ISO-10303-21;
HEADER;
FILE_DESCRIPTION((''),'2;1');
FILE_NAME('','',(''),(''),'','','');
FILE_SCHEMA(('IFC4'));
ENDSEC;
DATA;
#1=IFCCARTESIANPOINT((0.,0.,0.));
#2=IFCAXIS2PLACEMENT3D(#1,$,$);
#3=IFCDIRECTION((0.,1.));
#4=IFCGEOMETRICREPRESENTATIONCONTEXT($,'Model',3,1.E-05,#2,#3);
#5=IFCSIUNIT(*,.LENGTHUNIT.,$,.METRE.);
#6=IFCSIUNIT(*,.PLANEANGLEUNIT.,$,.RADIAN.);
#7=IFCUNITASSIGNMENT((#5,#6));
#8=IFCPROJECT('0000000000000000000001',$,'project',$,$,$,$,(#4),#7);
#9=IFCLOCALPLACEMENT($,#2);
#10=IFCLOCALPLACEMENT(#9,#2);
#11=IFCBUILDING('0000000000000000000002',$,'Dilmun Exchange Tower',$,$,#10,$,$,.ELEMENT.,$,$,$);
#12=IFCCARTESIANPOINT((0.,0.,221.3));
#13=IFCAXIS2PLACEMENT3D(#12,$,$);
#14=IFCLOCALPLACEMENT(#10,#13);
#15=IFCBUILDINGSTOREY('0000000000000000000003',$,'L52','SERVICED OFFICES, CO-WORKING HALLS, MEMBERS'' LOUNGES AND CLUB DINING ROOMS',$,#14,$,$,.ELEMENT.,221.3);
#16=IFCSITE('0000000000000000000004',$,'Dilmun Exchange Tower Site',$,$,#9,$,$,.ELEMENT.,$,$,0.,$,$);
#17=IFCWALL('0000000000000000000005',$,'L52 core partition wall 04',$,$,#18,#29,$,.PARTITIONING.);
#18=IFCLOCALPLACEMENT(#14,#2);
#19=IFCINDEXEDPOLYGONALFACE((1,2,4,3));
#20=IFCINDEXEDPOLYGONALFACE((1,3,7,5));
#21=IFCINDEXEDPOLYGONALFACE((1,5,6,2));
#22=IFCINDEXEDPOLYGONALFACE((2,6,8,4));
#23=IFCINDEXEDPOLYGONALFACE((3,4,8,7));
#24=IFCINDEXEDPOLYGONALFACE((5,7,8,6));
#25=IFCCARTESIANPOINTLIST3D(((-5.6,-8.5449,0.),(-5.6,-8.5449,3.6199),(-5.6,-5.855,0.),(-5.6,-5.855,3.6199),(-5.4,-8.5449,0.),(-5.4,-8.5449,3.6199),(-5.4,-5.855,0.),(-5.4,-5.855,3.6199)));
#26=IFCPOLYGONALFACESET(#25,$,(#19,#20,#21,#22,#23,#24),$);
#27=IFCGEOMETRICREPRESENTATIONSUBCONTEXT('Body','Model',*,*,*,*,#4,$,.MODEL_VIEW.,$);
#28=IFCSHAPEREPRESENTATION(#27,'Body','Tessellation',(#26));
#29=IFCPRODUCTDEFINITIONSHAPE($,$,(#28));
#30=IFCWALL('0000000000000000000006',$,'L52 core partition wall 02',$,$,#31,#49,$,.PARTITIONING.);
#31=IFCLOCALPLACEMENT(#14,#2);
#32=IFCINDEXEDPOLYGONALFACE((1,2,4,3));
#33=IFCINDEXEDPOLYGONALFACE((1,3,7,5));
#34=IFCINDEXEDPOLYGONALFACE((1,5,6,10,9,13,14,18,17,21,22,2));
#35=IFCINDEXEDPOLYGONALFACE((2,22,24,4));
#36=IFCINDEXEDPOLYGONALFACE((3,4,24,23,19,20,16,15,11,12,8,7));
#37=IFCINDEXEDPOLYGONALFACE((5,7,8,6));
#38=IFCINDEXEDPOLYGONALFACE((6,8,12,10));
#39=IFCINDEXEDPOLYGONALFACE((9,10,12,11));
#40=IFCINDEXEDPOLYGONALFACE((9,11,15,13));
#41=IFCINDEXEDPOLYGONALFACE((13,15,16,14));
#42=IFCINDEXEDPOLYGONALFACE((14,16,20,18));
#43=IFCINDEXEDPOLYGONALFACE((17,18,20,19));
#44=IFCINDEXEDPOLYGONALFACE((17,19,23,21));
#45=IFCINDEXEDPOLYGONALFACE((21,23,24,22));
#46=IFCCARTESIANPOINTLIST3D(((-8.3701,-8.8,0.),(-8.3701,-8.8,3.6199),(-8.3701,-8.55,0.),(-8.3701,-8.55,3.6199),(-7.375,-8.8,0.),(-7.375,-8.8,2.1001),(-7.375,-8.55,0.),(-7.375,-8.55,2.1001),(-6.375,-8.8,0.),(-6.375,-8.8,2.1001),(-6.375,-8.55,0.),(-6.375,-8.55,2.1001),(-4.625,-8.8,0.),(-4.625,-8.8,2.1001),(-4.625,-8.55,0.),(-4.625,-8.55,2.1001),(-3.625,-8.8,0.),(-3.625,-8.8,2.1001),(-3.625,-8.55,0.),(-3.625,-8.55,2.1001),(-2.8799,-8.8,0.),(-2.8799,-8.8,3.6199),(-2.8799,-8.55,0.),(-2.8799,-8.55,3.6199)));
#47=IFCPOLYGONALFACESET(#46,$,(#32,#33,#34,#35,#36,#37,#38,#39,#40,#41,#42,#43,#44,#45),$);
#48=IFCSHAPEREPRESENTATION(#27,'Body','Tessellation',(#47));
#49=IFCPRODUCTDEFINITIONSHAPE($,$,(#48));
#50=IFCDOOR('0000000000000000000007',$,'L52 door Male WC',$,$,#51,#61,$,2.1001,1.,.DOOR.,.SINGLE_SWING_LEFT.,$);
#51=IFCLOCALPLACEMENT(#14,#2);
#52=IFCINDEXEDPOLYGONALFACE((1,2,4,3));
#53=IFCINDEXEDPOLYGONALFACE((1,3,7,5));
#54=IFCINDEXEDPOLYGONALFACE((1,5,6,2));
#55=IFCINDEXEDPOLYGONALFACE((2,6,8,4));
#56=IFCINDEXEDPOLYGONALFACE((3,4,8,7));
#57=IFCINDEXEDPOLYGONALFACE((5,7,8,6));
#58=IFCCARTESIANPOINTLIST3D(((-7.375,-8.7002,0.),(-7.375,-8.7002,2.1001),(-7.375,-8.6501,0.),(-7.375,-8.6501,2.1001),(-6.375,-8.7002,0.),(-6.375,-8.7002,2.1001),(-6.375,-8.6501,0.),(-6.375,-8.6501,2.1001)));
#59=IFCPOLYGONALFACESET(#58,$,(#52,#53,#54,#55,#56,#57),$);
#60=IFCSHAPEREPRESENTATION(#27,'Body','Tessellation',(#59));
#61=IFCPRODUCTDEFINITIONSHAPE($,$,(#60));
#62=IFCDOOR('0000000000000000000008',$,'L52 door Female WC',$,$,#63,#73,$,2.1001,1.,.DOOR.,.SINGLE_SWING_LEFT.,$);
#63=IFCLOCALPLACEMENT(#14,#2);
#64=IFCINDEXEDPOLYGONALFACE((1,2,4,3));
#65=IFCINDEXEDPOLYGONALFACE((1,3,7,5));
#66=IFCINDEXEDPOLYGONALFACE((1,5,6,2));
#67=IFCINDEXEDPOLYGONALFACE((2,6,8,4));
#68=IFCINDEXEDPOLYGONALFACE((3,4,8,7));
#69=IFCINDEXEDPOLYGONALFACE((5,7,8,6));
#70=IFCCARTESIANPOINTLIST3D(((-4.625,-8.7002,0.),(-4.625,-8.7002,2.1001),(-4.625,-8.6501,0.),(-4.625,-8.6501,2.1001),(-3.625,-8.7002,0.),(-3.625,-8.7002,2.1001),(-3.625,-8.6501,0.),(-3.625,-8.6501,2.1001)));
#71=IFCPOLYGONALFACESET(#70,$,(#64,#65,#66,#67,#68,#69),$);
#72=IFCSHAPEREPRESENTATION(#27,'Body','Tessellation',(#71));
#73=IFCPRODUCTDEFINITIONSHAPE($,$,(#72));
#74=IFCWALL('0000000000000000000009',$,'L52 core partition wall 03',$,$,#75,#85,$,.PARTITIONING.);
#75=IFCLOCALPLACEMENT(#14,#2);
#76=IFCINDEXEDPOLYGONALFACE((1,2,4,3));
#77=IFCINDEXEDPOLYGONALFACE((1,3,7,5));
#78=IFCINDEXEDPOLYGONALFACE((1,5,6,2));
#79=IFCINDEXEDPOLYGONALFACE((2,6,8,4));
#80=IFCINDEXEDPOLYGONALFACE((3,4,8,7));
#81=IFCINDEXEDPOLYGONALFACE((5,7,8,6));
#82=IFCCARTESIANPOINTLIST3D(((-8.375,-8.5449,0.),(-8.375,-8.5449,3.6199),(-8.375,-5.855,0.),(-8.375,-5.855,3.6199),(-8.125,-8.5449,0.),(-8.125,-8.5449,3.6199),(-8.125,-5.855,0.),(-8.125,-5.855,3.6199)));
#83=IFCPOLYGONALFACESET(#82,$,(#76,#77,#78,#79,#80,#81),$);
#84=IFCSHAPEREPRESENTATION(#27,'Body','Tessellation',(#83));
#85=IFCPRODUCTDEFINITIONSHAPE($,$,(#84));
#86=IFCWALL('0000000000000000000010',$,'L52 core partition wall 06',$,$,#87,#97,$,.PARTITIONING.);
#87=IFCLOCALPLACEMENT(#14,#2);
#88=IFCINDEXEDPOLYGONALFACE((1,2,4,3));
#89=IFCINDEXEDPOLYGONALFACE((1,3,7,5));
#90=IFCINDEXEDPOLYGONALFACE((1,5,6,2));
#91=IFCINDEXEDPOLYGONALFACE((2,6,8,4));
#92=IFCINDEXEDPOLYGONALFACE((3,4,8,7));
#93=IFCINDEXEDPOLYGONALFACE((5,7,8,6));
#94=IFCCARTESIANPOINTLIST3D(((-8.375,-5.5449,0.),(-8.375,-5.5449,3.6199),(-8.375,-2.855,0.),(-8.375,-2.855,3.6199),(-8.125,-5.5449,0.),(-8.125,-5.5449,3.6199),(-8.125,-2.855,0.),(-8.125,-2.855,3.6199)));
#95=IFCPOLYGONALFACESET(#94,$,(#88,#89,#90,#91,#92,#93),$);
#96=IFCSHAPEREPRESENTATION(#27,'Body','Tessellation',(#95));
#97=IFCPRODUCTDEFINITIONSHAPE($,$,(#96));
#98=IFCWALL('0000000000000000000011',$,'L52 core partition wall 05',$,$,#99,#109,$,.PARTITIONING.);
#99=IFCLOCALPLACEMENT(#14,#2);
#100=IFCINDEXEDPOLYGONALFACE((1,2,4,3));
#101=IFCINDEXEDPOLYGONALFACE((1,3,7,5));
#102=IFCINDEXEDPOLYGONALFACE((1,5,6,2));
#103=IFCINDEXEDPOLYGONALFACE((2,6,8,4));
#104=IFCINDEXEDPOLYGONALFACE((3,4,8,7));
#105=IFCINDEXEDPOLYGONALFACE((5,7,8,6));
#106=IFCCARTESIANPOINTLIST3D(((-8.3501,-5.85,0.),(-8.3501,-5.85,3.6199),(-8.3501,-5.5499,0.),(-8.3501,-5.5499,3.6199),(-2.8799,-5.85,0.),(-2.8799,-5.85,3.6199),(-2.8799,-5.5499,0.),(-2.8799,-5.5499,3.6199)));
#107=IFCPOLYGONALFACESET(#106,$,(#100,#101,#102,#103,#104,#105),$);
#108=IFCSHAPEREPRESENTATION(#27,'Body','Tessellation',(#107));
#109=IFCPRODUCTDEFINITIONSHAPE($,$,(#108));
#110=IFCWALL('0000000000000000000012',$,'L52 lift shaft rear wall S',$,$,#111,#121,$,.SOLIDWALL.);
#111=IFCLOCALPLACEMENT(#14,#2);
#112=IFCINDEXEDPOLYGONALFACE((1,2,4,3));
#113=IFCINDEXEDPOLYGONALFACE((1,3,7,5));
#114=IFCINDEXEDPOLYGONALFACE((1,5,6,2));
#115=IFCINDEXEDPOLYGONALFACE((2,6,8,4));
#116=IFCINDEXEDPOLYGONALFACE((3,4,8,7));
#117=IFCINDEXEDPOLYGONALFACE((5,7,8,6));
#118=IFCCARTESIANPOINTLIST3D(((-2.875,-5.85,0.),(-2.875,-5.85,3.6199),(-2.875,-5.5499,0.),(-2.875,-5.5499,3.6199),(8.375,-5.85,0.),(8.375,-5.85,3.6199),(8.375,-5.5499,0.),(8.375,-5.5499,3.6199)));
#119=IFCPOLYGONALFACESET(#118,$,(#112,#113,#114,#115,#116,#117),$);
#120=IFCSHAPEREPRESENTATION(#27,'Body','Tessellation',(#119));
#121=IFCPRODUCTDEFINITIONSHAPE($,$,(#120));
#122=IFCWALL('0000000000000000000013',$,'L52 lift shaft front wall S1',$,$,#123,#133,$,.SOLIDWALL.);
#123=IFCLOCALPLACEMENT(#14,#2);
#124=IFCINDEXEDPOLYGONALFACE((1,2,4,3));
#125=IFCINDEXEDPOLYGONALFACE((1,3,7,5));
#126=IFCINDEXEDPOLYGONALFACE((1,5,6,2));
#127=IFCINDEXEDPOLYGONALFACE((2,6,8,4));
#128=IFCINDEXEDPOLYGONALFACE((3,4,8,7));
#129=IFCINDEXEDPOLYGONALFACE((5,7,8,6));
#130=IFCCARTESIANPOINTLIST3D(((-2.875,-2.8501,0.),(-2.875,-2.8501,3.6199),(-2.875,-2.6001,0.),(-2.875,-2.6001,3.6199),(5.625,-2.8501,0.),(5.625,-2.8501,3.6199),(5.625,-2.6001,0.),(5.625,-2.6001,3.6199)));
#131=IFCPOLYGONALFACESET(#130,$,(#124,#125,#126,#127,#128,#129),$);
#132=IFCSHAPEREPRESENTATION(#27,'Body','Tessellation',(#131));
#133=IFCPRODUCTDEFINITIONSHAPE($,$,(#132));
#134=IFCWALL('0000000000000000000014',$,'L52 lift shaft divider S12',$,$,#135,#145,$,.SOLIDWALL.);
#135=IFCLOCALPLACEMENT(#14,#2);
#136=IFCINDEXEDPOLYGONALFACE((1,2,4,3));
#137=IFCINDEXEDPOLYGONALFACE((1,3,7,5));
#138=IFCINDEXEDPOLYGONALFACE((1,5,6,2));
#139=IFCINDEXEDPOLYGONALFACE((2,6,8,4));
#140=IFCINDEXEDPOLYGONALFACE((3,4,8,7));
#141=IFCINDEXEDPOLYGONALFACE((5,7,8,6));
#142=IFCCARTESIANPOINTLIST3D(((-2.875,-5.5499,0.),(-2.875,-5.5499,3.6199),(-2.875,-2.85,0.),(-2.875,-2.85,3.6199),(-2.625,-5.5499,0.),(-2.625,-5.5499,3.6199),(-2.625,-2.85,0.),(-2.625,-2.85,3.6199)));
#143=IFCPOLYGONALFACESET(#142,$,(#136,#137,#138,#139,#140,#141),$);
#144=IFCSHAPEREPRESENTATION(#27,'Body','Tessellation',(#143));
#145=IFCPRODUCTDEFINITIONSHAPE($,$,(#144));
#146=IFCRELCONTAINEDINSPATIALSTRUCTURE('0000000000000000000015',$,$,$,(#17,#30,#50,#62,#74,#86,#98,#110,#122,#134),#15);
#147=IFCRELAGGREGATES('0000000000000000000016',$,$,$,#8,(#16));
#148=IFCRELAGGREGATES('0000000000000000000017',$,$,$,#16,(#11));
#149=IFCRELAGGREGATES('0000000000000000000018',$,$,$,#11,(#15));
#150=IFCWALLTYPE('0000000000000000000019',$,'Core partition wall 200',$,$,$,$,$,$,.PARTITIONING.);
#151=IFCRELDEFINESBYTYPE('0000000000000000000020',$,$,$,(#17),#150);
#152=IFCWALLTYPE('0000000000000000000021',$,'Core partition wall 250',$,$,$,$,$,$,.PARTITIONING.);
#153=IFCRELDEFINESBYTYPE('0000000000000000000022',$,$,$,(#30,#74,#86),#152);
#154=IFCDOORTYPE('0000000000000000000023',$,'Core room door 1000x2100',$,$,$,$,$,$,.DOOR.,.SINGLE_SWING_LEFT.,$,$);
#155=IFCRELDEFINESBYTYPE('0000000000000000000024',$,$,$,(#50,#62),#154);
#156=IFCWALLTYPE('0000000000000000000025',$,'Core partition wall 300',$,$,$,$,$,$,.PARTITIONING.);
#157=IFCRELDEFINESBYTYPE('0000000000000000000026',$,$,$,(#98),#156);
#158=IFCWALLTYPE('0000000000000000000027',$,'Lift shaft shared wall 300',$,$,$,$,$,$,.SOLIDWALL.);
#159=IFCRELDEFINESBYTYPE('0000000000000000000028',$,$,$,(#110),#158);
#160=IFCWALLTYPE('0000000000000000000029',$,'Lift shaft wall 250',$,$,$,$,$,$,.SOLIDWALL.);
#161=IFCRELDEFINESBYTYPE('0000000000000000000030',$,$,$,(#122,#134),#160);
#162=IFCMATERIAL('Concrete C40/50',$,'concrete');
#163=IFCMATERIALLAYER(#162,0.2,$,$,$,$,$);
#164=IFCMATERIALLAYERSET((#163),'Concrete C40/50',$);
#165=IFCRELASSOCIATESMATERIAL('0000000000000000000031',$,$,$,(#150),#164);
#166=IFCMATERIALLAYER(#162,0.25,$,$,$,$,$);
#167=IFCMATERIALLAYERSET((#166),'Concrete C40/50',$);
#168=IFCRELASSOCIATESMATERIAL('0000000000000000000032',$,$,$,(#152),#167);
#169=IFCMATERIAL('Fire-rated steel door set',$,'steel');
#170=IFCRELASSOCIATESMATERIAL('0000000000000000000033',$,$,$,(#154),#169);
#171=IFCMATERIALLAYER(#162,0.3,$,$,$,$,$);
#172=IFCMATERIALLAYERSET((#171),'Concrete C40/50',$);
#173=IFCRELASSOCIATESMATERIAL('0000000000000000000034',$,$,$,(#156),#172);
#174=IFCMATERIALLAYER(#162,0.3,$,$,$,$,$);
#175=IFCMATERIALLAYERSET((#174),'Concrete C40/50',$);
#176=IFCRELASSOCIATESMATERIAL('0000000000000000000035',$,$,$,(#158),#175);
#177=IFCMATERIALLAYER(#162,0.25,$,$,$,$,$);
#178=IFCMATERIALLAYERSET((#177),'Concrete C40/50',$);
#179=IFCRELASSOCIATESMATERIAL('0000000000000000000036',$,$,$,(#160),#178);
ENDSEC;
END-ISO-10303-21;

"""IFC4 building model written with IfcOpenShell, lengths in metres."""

from ifc_helpers import new_model, si_unit, direction, frame, frame_2d, origin, place, context, subcontext, project, spatial, rectangle, extrude, material, layer, layer_set, type_object, element, fill, save


model = new_model("IFC4")

# Units and contexts
model_context = context("Model", 3, precision=1e-05, world=origin(), true_north=direction((0.0, 1.0)))
body_context = subcontext(model_context, "Body", "Model", "MODEL_VIEW")
ifc_project = project(units=[si_unit("LENGTHUNIT", "METRE"), si_unit("PLANEANGLEUNIT", "RADIAN")], contexts=[model_context])

# Site, building, storey
site_placement = place(None, origin())
site = spatial("IfcSite", under=ifc_project, at=site_placement, Name="Dilmun Exchange Tower Site", CompositionType="ELEMENT", RefElevation=0.0)
building_placement = place(site_placement, origin())
building = spatial("IfcBuilding", under=site, at=building_placement, Name="Dilmun Exchange Tower", CompositionType="ELEMENT")
storey_placement = place(building_placement, frame((0.0, 0.0, 221.3)))
storey = spatial("IfcBuildingStorey", under=building, at=storey_placement, Name="L52", Description="SERVICED OFFICES, CO-WORKING HALLS, MEMBERS' LOUNGES AND CLUB DINING ROOMS", CompositionType="ELEMENT", Elevation=221.3)

# Wall
ifc_material_1 = material(Name="Concrete C40/50", Category="concrete")
ifc_layer_1 = layer(ifc_material_1, 0.2)
ifc_layer_set_1 = layer_set([ifc_layer_1], Name="Concrete C40/50")
wall_type_1 = type_object("IfcWallType", Name="Core partition wall 200", PredefinedType="PARTITIONING", material=ifc_layer_set_1)
wall_1_placement = place(storey_placement, frame((-5.5, -8.5449, 0.0), z_axis=(0.0, 0.0, 1.0), x_axis=(0.0, 1.0, 0.0)))
element("IfcWall", 1, at=wall_1_placement, inside=storey, type_object=wall_type_1, Name="L52 core partition wall 04", PredefinedType="PARTITIONING", context=body_context, shape_type="SweptSolid", body=[
    extrude(rectangle(XDim=2.6899, YDim=0.2, at=frame_2d((1.345, 0.0))), origin(), (0.0, 0.0, 1.0), 3.6199),
])

# Wall, openings, doors
ifc_layer_2 = layer(ifc_material_1, 0.25)
ifc_layer_set_2 = layer_set([ifc_layer_2], Name="Concrete C40/50")
wall_type_2 = type_object("IfcWallType", Name="Core partition wall 250", PredefinedType="PARTITIONING", material=ifc_layer_set_2)
wall_2_placement = place(storey_placement, frame((-8.3701, -8.675, 0.0), z_axis=(0.0, 0.0, 1.0), x_axis=(1.0, 0.0, 0.0)))
wall_2 = element("IfcWall", 2, at=wall_2_placement, inside=storey, type_object=wall_type_2, Name="L52 core partition wall 02", PredefinedType="PARTITIONING", context=body_context, shape_type="SweptSolid", body=[
    extrude(rectangle(XDim=5.4902, YDim=0.25, at=frame_2d((2.7451, 0.0))), origin(), (0.0, 0.0, 1.0), 3.6199),
])
opening_1_placement = place(wall_2_placement, frame((0.9951, 0.0, 0.0)))
opening_1 = element("IfcOpeningElement", 3, at=opening_1_placement, cuts=wall_2, PredefinedType="OPENING", context=body_context, shape_type="SweptSolid", body=[
    extrude(rectangle(XDim=1.0, YDim=2.1001, at=frame_2d((0.5, 1.05))), frame((0.0, 0.135, 0.0), z_axis=(0.0, -1.0, 0.0), x_axis=(1.0, 0.0, 0.0)), (0.0, 0.0, 1.0), 0.27),
])
opening_2_placement = place(wall_2_placement, frame((3.7451, 0.0, 0.0)))
opening_2 = element("IfcOpeningElement", 4, at=opening_2_placement, cuts=wall_2, PredefinedType="OPENING", context=body_context, shape_type="SweptSolid", body=[
    extrude(rectangle(XDim=1.0, YDim=2.1001, at=frame_2d((0.5, 1.05))), frame((0.0, 0.135, 0.0), z_axis=(0.0, -1.0, 0.0), x_axis=(1.0, 0.0, 0.0)), (0.0, 0.0, 1.0), 0.27),
])
ifc_material_2 = material(Name="Fire-rated steel door set", Category="steel")
door_type_1 = type_object("IfcDoorType", Name="Core room door 1000x2100", OperationType="SINGLE_SWING_LEFT", PredefinedType="DOOR", material=ifc_material_2)
door_1_placement = place(opening_1_placement, origin())
door_1 = element("IfcDoor", 5, at=door_1_placement, inside=storey, type_object=door_type_1, Name="L52 door Male WC", OperationType="SINGLE_SWING_LEFT", OverallHeight=2.1001, OverallWidth=1.0, PredefinedType="DOOR", context=body_context, shape_type="SweptSolid", body=[
    extrude(rectangle(XDim=1.0, YDim=2.1001, at=frame_2d((0.5, 1.05))), frame((0.0, 0.0249, 0.0), z_axis=(0.0, -1.0, 0.0), x_axis=(1.0, 0.0, 0.0)), (0.0, 0.0, 1.0), 0.05),
])
fill(opening_1, door_1)
door_2_placement = place(opening_2_placement, origin())
door_2 = element("IfcDoor", 6, at=door_2_placement, inside=storey, type_object=door_type_1, Name="L52 door Female WC", OperationType="SINGLE_SWING_LEFT", OverallHeight=2.1001, OverallWidth=1.0, PredefinedType="DOOR", context=body_context, shape_type="SweptSolid", body=[
    extrude(rectangle(XDim=1.0, YDim=2.1001, at=frame_2d((0.5, 1.05))), frame((0.0, 0.0249, 0.0), z_axis=(0.0, -1.0, 0.0), x_axis=(1.0, 0.0, 0.0)), (0.0, 0.0, 1.0), 0.05),
])
fill(opening_2, door_2)

# Walls
for number, where, z_axis, x_axis, name in (
    (7, (-8.25, -8.5449, 0.0), (0.0, 0.0, 1.0), (0.0, 1.0, 0.0), "L52 core partition wall 03"),
    (8, (-8.25, -5.5449, 0.0), (0.0, 0.0, 1.0), (0.0, 1.0, 0.0), "L52 core partition wall 06"),
):
    element("IfcWall", number, at=place(storey_placement, frame(where, z_axis=z_axis, x_axis=x_axis)), inside=storey, type_object=wall_type_2, Name=name, PredefinedType="PARTITIONING", context=body_context, shape_type="SweptSolid", body=[
        extrude(rectangle(XDim=2.6899, YDim=0.25, at=frame_2d((1.345, 0.0))), origin(), (0.0, 0.0, 1.0), 3.6199),
    ])
ifc_layer_3 = layer(ifc_material_1, 0.3)
ifc_layer_set_3 = layer_set([ifc_layer_3], Name="Concrete C40/50")
wall_type_3 = type_object("IfcWallType", Name="Core partition wall 300", PredefinedType="PARTITIONING", material=ifc_layer_set_3)
wall_3_placement = place(storey_placement, frame((-8.3501, -5.7, 0.0), z_axis=(0.0, 0.0, 1.0), x_axis=(1.0, 0.0, 0.0)))
element("IfcWall", 9, at=wall_3_placement, inside=storey, type_object=wall_type_3, Name="L52 core partition wall 05", PredefinedType="PARTITIONING", context=body_context, shape_type="SweptSolid", body=[
    extrude(rectangle(XDim=5.4702, YDim=0.3, at=frame_2d((2.7351, 0.0))), origin(), (0.0, 0.0, 1.0), 3.6199),
])
ifc_layer_4 = layer(ifc_material_1, 0.3)
ifc_layer_set_4 = layer_set([ifc_layer_4], Name="Concrete C40/50")
wall_type_4 = type_object("IfcWallType", Name="Lift shaft shared wall 300", PredefinedType="SOLIDWALL", material=ifc_layer_set_4)
wall_4_placement = place(storey_placement, frame((-2.875, -5.7, 0.0), z_axis=(0.0, 0.0, 1.0), x_axis=(1.0, 0.0, 0.0)))
element("IfcWall", 10, at=wall_4_placement, inside=storey, type_object=wall_type_4, Name="L52 lift shaft rear wall S", PredefinedType="SOLIDWALL", context=body_context, shape_type="SweptSolid", body=[
    extrude(rectangle(XDim=11.25, YDim=0.3, at=frame_2d((5.625, 0.0))), origin(), (0.0, 0.0, 1.0), 3.6199),
])
ifc_layer_5 = layer(ifc_material_1, 0.25)
ifc_layer_set_5 = layer_set([ifc_layer_5], Name="Concrete C40/50")
wall_type_5 = type_object("IfcWallType", Name="Lift shaft wall 250", PredefinedType="SOLIDWALL", material=ifc_layer_set_5)
wall_5_placement = place(storey_placement, frame((-2.875, -2.7251, 0.0), z_axis=(0.0, 0.0, 1.0), x_axis=(1.0, 0.0, 0.0)))
element("IfcWall", 11, at=wall_5_placement, inside=storey, type_object=wall_type_5, Name="L52 lift shaft front wall S1", PredefinedType="SOLIDWALL", context=body_context, shape_type="SweptSolid", body=[
    extrude(rectangle(XDim=8.5, YDim=0.25, at=frame_2d((4.25, 0.0))), origin(), (0.0, 0.0, 1.0), 3.6199),
])
wall_6_placement = place(storey_placement, frame((-2.75, -5.55, 0.0), z_axis=(0.0, 0.0, 1.0), x_axis=(0.0, 1.0, 0.0)))
element("IfcWall", 12, at=wall_6_placement, inside=storey, type_object=wall_type_5, Name="L52 lift shaft divider S12", PredefinedType="SOLIDWALL", context=body_context, shape_type="SweptSolid", body=[
    extrude(rectangle(XDim=2.7, YDim=0.25, at=frame_2d((1.3501, 0.0))), origin(), (0.0, 0.0, 1.0), 3.6199),
])

save(model, "model.ifc")
